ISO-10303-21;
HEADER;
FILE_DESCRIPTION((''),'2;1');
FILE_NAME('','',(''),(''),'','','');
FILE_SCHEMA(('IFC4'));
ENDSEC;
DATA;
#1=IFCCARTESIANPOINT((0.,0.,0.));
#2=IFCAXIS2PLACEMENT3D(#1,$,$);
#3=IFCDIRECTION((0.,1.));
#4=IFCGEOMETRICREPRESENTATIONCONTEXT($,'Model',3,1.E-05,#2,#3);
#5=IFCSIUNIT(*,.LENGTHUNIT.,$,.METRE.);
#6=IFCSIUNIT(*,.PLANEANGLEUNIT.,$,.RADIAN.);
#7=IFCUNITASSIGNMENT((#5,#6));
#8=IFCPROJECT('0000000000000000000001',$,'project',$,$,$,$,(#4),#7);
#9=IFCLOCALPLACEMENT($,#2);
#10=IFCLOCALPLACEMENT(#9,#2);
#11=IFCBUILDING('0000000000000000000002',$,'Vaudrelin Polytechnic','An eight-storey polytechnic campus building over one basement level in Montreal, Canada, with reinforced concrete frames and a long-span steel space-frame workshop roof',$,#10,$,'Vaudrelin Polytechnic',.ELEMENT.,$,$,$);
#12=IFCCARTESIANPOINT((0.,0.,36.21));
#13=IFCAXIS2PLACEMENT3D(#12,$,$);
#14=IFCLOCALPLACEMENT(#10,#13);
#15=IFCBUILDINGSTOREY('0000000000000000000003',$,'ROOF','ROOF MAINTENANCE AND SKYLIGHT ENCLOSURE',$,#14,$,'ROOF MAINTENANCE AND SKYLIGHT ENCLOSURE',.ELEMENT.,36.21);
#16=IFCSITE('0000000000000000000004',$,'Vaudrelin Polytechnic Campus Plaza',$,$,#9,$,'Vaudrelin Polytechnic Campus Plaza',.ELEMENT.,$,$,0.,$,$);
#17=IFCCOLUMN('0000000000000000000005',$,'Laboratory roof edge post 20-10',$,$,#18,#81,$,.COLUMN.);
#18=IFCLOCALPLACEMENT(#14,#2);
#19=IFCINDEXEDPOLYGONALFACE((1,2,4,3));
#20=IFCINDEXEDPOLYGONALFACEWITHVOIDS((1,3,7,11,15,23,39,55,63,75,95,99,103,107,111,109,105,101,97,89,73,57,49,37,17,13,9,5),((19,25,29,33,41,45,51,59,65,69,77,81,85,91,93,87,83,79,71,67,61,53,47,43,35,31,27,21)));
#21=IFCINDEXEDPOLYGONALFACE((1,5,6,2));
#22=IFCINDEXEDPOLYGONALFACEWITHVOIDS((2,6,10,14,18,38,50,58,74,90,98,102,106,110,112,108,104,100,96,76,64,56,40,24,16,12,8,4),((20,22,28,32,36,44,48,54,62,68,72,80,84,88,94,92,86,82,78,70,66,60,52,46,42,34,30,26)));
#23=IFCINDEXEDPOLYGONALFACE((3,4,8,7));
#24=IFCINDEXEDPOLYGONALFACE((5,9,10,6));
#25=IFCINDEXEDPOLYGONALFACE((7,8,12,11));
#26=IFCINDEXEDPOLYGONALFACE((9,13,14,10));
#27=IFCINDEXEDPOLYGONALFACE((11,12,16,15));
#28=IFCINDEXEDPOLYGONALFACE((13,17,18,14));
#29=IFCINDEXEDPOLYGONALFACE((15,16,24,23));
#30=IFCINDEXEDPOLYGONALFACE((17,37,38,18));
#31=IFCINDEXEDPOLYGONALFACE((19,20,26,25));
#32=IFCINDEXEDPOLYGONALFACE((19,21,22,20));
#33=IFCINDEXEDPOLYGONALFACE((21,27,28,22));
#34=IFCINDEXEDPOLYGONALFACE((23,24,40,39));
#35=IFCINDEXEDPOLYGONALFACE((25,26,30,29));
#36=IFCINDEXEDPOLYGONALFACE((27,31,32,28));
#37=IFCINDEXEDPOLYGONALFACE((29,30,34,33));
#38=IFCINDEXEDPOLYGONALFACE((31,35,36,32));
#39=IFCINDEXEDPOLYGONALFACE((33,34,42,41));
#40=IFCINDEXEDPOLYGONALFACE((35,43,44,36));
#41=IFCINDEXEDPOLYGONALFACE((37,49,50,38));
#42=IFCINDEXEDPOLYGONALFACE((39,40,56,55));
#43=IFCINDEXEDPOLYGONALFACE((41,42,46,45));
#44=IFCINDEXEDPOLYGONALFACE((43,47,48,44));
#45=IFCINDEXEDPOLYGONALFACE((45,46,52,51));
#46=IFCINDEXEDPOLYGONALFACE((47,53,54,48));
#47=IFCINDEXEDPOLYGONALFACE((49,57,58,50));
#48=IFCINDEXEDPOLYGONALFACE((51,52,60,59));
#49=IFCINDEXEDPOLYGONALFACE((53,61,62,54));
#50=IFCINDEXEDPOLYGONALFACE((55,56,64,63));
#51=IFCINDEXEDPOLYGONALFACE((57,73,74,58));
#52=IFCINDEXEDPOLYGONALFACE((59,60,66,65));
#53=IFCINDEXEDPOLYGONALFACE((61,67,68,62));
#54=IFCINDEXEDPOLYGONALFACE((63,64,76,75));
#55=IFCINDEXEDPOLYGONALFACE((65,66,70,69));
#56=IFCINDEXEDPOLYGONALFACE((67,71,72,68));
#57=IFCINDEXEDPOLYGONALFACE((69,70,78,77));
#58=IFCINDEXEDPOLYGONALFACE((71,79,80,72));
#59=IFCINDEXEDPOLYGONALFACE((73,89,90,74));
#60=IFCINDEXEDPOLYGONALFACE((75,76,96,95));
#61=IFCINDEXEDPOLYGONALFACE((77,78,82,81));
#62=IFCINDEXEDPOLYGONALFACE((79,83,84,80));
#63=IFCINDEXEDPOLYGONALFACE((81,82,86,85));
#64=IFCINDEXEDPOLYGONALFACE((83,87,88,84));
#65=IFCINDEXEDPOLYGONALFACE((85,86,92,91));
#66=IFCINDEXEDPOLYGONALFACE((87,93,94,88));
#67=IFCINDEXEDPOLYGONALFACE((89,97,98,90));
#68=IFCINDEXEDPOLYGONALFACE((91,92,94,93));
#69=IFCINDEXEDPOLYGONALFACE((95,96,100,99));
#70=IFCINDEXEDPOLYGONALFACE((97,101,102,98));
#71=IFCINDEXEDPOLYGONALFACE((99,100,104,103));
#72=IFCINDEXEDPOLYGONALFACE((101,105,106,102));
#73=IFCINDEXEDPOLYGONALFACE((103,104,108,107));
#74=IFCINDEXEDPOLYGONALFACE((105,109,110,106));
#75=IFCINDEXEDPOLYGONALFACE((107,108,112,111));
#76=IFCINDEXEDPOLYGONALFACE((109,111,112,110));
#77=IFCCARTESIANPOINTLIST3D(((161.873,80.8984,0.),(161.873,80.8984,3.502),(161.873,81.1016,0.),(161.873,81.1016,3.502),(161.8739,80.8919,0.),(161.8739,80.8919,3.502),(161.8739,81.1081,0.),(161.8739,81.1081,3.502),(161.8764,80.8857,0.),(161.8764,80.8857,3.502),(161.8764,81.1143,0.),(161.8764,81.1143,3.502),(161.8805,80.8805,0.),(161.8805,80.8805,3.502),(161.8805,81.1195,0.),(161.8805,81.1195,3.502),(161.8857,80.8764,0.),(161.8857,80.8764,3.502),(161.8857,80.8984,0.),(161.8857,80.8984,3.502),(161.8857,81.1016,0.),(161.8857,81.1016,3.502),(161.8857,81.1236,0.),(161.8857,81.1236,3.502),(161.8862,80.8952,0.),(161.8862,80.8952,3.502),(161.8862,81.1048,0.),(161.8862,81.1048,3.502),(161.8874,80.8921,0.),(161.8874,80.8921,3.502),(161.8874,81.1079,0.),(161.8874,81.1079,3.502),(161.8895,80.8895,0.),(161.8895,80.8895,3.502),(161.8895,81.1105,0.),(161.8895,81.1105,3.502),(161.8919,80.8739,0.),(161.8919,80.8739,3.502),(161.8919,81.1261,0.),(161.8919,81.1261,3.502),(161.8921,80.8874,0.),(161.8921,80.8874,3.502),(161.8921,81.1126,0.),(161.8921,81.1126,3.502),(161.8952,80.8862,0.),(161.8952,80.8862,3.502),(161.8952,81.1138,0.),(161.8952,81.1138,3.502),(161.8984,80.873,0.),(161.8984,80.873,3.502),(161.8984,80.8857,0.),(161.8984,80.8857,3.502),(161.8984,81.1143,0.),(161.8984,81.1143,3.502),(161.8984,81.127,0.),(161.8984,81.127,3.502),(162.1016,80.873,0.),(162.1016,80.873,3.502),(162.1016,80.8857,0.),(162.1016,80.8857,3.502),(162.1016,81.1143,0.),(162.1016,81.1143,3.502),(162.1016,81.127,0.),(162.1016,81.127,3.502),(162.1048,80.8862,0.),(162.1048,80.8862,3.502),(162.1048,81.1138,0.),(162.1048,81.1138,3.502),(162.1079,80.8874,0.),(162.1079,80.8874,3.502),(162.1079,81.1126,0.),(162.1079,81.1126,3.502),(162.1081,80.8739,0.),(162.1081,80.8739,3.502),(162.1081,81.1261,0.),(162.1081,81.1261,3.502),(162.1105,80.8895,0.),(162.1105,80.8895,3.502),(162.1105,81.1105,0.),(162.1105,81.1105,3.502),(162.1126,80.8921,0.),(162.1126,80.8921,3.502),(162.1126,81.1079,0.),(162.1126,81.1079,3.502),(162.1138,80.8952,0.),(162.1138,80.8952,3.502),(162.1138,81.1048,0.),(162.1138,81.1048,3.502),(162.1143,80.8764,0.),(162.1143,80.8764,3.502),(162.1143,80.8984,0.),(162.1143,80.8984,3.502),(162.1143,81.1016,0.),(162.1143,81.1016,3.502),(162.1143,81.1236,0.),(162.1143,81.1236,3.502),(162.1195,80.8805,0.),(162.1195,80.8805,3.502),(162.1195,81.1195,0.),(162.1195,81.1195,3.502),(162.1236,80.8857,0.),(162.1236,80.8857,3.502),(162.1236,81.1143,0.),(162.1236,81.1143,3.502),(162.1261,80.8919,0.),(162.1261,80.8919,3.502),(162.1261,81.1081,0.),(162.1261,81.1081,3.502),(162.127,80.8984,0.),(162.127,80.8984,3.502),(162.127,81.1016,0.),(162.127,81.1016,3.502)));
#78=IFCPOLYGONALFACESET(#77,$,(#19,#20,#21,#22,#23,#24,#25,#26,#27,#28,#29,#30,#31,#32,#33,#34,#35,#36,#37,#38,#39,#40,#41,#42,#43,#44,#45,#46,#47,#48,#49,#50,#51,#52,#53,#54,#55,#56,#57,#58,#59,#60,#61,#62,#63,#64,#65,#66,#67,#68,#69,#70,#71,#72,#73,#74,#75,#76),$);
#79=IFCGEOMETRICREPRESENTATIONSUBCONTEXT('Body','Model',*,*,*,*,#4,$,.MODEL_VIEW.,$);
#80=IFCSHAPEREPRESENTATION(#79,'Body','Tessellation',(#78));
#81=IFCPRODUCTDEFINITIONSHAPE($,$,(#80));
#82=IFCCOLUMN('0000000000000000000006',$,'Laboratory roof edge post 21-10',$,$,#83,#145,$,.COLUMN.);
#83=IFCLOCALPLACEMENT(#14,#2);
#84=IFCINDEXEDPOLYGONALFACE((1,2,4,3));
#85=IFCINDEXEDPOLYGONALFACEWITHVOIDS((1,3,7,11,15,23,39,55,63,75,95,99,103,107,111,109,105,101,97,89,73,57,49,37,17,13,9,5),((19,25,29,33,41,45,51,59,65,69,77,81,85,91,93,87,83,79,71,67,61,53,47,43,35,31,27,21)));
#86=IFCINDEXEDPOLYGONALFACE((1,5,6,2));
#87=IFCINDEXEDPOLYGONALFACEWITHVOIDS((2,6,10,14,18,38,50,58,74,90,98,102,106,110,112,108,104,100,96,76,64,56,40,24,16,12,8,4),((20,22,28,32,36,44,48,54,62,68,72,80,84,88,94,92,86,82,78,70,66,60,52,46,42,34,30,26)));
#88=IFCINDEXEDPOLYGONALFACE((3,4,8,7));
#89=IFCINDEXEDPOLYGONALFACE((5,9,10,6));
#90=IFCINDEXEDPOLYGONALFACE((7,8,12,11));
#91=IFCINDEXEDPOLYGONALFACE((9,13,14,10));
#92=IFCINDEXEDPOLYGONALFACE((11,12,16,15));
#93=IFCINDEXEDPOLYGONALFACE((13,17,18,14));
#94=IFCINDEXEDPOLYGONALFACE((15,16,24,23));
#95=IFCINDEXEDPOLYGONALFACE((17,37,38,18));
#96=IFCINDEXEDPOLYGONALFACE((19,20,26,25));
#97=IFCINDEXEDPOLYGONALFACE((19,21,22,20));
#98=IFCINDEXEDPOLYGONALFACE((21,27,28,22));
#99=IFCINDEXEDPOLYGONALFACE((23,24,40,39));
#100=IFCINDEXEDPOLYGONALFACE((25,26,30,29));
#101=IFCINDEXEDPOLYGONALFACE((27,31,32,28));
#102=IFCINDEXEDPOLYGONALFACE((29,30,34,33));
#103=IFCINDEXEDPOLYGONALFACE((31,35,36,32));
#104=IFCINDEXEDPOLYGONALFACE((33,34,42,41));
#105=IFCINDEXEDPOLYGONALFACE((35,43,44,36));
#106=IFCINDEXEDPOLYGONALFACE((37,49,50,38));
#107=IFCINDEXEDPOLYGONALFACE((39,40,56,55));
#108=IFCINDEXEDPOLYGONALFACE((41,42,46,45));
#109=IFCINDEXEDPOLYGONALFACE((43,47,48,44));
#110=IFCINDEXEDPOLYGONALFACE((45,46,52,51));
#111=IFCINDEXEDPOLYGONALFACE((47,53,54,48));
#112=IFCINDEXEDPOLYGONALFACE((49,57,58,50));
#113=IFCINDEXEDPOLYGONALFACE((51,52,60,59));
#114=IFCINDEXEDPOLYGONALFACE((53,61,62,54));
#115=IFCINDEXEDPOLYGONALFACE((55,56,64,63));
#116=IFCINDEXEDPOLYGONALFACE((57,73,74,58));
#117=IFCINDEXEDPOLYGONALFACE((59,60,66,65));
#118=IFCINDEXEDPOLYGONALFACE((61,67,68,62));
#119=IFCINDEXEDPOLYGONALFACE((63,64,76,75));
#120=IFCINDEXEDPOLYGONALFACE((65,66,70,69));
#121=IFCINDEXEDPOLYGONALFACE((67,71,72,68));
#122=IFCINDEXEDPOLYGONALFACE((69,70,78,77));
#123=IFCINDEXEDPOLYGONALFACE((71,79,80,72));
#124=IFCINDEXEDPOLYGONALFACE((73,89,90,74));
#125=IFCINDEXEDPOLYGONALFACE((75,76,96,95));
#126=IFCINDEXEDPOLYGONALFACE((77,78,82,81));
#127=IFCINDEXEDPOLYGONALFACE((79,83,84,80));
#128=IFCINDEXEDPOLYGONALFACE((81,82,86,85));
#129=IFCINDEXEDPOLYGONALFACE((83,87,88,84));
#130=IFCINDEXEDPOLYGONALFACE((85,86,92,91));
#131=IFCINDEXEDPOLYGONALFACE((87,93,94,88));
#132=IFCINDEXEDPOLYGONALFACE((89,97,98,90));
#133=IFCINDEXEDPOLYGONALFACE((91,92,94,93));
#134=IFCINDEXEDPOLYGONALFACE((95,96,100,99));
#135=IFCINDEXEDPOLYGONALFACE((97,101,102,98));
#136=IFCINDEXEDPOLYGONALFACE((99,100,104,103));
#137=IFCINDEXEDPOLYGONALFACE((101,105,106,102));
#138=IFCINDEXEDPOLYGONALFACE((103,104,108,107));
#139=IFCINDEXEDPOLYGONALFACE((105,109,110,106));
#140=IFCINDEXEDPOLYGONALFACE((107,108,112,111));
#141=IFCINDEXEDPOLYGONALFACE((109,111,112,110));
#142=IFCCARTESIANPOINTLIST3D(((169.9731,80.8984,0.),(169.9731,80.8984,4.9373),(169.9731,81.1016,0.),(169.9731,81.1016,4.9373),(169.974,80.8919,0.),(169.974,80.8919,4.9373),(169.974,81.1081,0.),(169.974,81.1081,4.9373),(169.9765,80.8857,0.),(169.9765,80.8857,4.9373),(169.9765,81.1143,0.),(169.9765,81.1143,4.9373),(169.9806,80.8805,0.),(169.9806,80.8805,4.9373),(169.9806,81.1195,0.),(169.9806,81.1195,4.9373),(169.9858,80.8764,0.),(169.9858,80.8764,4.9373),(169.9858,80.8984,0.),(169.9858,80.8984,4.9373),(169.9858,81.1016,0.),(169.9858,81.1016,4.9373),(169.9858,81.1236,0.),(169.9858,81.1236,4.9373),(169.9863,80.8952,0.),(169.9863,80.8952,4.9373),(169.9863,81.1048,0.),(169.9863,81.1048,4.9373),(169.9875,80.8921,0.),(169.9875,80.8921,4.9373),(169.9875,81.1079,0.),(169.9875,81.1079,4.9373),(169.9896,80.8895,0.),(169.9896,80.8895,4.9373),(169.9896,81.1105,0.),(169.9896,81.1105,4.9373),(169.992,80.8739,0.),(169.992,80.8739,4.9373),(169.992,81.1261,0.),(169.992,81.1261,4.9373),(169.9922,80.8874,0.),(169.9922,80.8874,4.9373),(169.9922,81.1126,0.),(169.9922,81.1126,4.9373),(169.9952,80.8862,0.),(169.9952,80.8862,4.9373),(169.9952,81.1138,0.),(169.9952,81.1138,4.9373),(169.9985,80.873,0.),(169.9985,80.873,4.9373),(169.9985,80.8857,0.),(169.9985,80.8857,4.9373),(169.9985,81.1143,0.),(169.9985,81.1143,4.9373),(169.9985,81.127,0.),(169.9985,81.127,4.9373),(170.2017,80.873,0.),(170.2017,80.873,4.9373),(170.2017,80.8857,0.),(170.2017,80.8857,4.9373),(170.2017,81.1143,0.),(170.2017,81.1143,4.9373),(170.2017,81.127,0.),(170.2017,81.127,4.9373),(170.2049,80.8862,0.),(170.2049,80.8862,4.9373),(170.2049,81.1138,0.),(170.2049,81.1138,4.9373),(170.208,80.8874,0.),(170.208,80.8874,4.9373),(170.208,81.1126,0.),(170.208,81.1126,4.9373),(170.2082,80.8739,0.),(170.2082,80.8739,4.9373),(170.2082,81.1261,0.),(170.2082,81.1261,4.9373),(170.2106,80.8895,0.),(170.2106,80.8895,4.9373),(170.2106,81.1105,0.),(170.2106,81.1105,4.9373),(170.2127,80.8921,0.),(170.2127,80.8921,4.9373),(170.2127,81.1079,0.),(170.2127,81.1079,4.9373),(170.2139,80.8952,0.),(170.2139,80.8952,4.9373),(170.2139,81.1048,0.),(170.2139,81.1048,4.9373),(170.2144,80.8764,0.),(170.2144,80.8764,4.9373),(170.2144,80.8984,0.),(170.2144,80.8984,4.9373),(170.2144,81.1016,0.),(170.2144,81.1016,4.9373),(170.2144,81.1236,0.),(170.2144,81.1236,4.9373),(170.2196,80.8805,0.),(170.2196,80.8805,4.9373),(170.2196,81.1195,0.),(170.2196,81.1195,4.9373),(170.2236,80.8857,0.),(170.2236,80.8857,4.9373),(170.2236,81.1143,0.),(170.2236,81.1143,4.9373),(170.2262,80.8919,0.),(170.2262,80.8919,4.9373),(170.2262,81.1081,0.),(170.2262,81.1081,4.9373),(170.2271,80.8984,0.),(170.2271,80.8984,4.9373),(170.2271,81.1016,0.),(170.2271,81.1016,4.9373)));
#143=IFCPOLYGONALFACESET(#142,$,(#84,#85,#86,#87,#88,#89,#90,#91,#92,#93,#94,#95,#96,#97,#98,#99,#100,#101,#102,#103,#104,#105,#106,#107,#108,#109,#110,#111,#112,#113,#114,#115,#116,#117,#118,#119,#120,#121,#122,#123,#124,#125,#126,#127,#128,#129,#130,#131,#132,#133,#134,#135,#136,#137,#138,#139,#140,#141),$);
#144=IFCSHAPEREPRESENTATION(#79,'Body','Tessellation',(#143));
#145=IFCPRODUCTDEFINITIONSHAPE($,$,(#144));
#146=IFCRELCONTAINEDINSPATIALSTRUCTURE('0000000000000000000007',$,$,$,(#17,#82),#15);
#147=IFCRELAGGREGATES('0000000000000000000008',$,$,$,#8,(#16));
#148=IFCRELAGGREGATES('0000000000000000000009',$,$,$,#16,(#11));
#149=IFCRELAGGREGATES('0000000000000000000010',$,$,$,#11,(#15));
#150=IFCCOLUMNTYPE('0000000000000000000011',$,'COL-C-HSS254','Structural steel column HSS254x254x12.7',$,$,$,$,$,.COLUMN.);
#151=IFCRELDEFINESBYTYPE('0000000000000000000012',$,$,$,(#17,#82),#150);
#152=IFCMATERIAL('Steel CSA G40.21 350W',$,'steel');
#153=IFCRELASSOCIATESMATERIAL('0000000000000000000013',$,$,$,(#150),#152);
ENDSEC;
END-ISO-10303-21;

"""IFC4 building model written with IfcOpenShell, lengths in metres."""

from ifc_helpers import new_model, si_unit, direction, frame, origin, origin_2d, place, context, subcontext, project, spatial, hollow_rectangle, extrude, material, material_profile, profile_set, type_object, element, save


model = new_model("IFC4")

# Units and contexts
model_context = context("Model", 3, precision=1e-05, world=origin(), true_north=direction((0.0, 1.0)))
body_context = subcontext(model_context, "Body", "Model", "MODEL_VIEW")
ifc_project = project(units=[si_unit("LENGTHUNIT", "METRE"), si_unit("PLANEANGLEUNIT", "RADIAN")], contexts=[model_context])

# Site, building, storey
site_placement = place(None, origin())
site = spatial("IfcSite", under=ifc_project, at=site_placement, Name="Vaudrelin Polytechnic Campus Plaza", LongName="Vaudrelin Polytechnic Campus Plaza", CompositionType="ELEMENT", RefElevation=0.0)
building_placement = place(site_placement, origin())
building = spatial("IfcBuilding", under=site, at=building_placement, Name="Vaudrelin Polytechnic", Description="An eight-storey polytechnic campus building over one basement level in Montreal, Canada, with reinforced concrete frames and a long-span steel space-frame workshop roof", LongName="Vaudrelin Polytechnic", CompositionType="ELEMENT")
storey_placement = place(building_placement, frame((0.0, 0.0, 36.21)))
storey = spatial("IfcBuildingStorey", under=building, at=storey_placement, Name="ROOF", Description="ROOF MAINTENANCE AND SKYLIGHT ENCLOSURE", LongName="ROOF MAINTENANCE AND SKYLIGHT ENCLOSURE", CompositionType="ELEMENT", Elevation=36.21)

# Columns
ifc_material_1 = material(Name="Steel CSA G40.21 350W", Category="steel")
ifc_material_profile = material_profile(ifc_material_1, hollow_rectangle(XDim=0.2539, YDim=0.2539, WallThickness=0.0127, InnerFilletRadius=0.0127, OuterFilletRadius=0.0254, at=origin_2d()), Name="HSS254x254x12.7")
ifc_profile_set = profile_set([ifc_material_profile], Name="Steel CSA G40.21 350W")
column_type = type_object("IfcColumnType", Name="COL-C-HSS254", Description="Structural steel column HSS254x254x12.7", PredefinedType="COLUMN", material=ifc_profile_set)
column_1_placement = place(storey_placement, frame((162.0, 81.0, 0.0), z_axis=(0.0, 0.0, 1.0), x_axis=(1.0, 0.0, 0.0)))
element("IfcColumn", 1, at=column_1_placement, inside=storey, type_object=column_type, Name="Laboratory roof edge post 20-10", PredefinedType="COLUMN", context=body_context, shape_type="SweptSolid", body=[
    extrude(hollow_rectangle(XDim=0.2539, YDim=0.2539, WallThickness=0.0127, InnerFilletRadius=0.0127, OuterFilletRadius=0.0254, at=origin_2d()), origin(), (0.0, 0.0, 1.0), 3.502),
])
column_2_placement = place(storey_placement, frame((170.1001, 81.0, 0.0), z_axis=(0.0, 0.0, 1.0), x_axis=(1.0, 0.0, 0.0)))
element("IfcColumn", 2, at=column_2_placement, inside=storey, type_object=column_type, Name="Laboratory roof edge post 21-10", PredefinedType="COLUMN", context=body_context, shape_type="SweptSolid", body=[
    extrude(hollow_rectangle(XDim=0.2539, YDim=0.2539, WallThickness=0.0127, InnerFilletRadius=0.0127, OuterFilletRadius=0.0254, at=origin_2d()), origin(), (0.0, 0.0, 1.0), 4.9373),
])

save(model, "model.ifc")
